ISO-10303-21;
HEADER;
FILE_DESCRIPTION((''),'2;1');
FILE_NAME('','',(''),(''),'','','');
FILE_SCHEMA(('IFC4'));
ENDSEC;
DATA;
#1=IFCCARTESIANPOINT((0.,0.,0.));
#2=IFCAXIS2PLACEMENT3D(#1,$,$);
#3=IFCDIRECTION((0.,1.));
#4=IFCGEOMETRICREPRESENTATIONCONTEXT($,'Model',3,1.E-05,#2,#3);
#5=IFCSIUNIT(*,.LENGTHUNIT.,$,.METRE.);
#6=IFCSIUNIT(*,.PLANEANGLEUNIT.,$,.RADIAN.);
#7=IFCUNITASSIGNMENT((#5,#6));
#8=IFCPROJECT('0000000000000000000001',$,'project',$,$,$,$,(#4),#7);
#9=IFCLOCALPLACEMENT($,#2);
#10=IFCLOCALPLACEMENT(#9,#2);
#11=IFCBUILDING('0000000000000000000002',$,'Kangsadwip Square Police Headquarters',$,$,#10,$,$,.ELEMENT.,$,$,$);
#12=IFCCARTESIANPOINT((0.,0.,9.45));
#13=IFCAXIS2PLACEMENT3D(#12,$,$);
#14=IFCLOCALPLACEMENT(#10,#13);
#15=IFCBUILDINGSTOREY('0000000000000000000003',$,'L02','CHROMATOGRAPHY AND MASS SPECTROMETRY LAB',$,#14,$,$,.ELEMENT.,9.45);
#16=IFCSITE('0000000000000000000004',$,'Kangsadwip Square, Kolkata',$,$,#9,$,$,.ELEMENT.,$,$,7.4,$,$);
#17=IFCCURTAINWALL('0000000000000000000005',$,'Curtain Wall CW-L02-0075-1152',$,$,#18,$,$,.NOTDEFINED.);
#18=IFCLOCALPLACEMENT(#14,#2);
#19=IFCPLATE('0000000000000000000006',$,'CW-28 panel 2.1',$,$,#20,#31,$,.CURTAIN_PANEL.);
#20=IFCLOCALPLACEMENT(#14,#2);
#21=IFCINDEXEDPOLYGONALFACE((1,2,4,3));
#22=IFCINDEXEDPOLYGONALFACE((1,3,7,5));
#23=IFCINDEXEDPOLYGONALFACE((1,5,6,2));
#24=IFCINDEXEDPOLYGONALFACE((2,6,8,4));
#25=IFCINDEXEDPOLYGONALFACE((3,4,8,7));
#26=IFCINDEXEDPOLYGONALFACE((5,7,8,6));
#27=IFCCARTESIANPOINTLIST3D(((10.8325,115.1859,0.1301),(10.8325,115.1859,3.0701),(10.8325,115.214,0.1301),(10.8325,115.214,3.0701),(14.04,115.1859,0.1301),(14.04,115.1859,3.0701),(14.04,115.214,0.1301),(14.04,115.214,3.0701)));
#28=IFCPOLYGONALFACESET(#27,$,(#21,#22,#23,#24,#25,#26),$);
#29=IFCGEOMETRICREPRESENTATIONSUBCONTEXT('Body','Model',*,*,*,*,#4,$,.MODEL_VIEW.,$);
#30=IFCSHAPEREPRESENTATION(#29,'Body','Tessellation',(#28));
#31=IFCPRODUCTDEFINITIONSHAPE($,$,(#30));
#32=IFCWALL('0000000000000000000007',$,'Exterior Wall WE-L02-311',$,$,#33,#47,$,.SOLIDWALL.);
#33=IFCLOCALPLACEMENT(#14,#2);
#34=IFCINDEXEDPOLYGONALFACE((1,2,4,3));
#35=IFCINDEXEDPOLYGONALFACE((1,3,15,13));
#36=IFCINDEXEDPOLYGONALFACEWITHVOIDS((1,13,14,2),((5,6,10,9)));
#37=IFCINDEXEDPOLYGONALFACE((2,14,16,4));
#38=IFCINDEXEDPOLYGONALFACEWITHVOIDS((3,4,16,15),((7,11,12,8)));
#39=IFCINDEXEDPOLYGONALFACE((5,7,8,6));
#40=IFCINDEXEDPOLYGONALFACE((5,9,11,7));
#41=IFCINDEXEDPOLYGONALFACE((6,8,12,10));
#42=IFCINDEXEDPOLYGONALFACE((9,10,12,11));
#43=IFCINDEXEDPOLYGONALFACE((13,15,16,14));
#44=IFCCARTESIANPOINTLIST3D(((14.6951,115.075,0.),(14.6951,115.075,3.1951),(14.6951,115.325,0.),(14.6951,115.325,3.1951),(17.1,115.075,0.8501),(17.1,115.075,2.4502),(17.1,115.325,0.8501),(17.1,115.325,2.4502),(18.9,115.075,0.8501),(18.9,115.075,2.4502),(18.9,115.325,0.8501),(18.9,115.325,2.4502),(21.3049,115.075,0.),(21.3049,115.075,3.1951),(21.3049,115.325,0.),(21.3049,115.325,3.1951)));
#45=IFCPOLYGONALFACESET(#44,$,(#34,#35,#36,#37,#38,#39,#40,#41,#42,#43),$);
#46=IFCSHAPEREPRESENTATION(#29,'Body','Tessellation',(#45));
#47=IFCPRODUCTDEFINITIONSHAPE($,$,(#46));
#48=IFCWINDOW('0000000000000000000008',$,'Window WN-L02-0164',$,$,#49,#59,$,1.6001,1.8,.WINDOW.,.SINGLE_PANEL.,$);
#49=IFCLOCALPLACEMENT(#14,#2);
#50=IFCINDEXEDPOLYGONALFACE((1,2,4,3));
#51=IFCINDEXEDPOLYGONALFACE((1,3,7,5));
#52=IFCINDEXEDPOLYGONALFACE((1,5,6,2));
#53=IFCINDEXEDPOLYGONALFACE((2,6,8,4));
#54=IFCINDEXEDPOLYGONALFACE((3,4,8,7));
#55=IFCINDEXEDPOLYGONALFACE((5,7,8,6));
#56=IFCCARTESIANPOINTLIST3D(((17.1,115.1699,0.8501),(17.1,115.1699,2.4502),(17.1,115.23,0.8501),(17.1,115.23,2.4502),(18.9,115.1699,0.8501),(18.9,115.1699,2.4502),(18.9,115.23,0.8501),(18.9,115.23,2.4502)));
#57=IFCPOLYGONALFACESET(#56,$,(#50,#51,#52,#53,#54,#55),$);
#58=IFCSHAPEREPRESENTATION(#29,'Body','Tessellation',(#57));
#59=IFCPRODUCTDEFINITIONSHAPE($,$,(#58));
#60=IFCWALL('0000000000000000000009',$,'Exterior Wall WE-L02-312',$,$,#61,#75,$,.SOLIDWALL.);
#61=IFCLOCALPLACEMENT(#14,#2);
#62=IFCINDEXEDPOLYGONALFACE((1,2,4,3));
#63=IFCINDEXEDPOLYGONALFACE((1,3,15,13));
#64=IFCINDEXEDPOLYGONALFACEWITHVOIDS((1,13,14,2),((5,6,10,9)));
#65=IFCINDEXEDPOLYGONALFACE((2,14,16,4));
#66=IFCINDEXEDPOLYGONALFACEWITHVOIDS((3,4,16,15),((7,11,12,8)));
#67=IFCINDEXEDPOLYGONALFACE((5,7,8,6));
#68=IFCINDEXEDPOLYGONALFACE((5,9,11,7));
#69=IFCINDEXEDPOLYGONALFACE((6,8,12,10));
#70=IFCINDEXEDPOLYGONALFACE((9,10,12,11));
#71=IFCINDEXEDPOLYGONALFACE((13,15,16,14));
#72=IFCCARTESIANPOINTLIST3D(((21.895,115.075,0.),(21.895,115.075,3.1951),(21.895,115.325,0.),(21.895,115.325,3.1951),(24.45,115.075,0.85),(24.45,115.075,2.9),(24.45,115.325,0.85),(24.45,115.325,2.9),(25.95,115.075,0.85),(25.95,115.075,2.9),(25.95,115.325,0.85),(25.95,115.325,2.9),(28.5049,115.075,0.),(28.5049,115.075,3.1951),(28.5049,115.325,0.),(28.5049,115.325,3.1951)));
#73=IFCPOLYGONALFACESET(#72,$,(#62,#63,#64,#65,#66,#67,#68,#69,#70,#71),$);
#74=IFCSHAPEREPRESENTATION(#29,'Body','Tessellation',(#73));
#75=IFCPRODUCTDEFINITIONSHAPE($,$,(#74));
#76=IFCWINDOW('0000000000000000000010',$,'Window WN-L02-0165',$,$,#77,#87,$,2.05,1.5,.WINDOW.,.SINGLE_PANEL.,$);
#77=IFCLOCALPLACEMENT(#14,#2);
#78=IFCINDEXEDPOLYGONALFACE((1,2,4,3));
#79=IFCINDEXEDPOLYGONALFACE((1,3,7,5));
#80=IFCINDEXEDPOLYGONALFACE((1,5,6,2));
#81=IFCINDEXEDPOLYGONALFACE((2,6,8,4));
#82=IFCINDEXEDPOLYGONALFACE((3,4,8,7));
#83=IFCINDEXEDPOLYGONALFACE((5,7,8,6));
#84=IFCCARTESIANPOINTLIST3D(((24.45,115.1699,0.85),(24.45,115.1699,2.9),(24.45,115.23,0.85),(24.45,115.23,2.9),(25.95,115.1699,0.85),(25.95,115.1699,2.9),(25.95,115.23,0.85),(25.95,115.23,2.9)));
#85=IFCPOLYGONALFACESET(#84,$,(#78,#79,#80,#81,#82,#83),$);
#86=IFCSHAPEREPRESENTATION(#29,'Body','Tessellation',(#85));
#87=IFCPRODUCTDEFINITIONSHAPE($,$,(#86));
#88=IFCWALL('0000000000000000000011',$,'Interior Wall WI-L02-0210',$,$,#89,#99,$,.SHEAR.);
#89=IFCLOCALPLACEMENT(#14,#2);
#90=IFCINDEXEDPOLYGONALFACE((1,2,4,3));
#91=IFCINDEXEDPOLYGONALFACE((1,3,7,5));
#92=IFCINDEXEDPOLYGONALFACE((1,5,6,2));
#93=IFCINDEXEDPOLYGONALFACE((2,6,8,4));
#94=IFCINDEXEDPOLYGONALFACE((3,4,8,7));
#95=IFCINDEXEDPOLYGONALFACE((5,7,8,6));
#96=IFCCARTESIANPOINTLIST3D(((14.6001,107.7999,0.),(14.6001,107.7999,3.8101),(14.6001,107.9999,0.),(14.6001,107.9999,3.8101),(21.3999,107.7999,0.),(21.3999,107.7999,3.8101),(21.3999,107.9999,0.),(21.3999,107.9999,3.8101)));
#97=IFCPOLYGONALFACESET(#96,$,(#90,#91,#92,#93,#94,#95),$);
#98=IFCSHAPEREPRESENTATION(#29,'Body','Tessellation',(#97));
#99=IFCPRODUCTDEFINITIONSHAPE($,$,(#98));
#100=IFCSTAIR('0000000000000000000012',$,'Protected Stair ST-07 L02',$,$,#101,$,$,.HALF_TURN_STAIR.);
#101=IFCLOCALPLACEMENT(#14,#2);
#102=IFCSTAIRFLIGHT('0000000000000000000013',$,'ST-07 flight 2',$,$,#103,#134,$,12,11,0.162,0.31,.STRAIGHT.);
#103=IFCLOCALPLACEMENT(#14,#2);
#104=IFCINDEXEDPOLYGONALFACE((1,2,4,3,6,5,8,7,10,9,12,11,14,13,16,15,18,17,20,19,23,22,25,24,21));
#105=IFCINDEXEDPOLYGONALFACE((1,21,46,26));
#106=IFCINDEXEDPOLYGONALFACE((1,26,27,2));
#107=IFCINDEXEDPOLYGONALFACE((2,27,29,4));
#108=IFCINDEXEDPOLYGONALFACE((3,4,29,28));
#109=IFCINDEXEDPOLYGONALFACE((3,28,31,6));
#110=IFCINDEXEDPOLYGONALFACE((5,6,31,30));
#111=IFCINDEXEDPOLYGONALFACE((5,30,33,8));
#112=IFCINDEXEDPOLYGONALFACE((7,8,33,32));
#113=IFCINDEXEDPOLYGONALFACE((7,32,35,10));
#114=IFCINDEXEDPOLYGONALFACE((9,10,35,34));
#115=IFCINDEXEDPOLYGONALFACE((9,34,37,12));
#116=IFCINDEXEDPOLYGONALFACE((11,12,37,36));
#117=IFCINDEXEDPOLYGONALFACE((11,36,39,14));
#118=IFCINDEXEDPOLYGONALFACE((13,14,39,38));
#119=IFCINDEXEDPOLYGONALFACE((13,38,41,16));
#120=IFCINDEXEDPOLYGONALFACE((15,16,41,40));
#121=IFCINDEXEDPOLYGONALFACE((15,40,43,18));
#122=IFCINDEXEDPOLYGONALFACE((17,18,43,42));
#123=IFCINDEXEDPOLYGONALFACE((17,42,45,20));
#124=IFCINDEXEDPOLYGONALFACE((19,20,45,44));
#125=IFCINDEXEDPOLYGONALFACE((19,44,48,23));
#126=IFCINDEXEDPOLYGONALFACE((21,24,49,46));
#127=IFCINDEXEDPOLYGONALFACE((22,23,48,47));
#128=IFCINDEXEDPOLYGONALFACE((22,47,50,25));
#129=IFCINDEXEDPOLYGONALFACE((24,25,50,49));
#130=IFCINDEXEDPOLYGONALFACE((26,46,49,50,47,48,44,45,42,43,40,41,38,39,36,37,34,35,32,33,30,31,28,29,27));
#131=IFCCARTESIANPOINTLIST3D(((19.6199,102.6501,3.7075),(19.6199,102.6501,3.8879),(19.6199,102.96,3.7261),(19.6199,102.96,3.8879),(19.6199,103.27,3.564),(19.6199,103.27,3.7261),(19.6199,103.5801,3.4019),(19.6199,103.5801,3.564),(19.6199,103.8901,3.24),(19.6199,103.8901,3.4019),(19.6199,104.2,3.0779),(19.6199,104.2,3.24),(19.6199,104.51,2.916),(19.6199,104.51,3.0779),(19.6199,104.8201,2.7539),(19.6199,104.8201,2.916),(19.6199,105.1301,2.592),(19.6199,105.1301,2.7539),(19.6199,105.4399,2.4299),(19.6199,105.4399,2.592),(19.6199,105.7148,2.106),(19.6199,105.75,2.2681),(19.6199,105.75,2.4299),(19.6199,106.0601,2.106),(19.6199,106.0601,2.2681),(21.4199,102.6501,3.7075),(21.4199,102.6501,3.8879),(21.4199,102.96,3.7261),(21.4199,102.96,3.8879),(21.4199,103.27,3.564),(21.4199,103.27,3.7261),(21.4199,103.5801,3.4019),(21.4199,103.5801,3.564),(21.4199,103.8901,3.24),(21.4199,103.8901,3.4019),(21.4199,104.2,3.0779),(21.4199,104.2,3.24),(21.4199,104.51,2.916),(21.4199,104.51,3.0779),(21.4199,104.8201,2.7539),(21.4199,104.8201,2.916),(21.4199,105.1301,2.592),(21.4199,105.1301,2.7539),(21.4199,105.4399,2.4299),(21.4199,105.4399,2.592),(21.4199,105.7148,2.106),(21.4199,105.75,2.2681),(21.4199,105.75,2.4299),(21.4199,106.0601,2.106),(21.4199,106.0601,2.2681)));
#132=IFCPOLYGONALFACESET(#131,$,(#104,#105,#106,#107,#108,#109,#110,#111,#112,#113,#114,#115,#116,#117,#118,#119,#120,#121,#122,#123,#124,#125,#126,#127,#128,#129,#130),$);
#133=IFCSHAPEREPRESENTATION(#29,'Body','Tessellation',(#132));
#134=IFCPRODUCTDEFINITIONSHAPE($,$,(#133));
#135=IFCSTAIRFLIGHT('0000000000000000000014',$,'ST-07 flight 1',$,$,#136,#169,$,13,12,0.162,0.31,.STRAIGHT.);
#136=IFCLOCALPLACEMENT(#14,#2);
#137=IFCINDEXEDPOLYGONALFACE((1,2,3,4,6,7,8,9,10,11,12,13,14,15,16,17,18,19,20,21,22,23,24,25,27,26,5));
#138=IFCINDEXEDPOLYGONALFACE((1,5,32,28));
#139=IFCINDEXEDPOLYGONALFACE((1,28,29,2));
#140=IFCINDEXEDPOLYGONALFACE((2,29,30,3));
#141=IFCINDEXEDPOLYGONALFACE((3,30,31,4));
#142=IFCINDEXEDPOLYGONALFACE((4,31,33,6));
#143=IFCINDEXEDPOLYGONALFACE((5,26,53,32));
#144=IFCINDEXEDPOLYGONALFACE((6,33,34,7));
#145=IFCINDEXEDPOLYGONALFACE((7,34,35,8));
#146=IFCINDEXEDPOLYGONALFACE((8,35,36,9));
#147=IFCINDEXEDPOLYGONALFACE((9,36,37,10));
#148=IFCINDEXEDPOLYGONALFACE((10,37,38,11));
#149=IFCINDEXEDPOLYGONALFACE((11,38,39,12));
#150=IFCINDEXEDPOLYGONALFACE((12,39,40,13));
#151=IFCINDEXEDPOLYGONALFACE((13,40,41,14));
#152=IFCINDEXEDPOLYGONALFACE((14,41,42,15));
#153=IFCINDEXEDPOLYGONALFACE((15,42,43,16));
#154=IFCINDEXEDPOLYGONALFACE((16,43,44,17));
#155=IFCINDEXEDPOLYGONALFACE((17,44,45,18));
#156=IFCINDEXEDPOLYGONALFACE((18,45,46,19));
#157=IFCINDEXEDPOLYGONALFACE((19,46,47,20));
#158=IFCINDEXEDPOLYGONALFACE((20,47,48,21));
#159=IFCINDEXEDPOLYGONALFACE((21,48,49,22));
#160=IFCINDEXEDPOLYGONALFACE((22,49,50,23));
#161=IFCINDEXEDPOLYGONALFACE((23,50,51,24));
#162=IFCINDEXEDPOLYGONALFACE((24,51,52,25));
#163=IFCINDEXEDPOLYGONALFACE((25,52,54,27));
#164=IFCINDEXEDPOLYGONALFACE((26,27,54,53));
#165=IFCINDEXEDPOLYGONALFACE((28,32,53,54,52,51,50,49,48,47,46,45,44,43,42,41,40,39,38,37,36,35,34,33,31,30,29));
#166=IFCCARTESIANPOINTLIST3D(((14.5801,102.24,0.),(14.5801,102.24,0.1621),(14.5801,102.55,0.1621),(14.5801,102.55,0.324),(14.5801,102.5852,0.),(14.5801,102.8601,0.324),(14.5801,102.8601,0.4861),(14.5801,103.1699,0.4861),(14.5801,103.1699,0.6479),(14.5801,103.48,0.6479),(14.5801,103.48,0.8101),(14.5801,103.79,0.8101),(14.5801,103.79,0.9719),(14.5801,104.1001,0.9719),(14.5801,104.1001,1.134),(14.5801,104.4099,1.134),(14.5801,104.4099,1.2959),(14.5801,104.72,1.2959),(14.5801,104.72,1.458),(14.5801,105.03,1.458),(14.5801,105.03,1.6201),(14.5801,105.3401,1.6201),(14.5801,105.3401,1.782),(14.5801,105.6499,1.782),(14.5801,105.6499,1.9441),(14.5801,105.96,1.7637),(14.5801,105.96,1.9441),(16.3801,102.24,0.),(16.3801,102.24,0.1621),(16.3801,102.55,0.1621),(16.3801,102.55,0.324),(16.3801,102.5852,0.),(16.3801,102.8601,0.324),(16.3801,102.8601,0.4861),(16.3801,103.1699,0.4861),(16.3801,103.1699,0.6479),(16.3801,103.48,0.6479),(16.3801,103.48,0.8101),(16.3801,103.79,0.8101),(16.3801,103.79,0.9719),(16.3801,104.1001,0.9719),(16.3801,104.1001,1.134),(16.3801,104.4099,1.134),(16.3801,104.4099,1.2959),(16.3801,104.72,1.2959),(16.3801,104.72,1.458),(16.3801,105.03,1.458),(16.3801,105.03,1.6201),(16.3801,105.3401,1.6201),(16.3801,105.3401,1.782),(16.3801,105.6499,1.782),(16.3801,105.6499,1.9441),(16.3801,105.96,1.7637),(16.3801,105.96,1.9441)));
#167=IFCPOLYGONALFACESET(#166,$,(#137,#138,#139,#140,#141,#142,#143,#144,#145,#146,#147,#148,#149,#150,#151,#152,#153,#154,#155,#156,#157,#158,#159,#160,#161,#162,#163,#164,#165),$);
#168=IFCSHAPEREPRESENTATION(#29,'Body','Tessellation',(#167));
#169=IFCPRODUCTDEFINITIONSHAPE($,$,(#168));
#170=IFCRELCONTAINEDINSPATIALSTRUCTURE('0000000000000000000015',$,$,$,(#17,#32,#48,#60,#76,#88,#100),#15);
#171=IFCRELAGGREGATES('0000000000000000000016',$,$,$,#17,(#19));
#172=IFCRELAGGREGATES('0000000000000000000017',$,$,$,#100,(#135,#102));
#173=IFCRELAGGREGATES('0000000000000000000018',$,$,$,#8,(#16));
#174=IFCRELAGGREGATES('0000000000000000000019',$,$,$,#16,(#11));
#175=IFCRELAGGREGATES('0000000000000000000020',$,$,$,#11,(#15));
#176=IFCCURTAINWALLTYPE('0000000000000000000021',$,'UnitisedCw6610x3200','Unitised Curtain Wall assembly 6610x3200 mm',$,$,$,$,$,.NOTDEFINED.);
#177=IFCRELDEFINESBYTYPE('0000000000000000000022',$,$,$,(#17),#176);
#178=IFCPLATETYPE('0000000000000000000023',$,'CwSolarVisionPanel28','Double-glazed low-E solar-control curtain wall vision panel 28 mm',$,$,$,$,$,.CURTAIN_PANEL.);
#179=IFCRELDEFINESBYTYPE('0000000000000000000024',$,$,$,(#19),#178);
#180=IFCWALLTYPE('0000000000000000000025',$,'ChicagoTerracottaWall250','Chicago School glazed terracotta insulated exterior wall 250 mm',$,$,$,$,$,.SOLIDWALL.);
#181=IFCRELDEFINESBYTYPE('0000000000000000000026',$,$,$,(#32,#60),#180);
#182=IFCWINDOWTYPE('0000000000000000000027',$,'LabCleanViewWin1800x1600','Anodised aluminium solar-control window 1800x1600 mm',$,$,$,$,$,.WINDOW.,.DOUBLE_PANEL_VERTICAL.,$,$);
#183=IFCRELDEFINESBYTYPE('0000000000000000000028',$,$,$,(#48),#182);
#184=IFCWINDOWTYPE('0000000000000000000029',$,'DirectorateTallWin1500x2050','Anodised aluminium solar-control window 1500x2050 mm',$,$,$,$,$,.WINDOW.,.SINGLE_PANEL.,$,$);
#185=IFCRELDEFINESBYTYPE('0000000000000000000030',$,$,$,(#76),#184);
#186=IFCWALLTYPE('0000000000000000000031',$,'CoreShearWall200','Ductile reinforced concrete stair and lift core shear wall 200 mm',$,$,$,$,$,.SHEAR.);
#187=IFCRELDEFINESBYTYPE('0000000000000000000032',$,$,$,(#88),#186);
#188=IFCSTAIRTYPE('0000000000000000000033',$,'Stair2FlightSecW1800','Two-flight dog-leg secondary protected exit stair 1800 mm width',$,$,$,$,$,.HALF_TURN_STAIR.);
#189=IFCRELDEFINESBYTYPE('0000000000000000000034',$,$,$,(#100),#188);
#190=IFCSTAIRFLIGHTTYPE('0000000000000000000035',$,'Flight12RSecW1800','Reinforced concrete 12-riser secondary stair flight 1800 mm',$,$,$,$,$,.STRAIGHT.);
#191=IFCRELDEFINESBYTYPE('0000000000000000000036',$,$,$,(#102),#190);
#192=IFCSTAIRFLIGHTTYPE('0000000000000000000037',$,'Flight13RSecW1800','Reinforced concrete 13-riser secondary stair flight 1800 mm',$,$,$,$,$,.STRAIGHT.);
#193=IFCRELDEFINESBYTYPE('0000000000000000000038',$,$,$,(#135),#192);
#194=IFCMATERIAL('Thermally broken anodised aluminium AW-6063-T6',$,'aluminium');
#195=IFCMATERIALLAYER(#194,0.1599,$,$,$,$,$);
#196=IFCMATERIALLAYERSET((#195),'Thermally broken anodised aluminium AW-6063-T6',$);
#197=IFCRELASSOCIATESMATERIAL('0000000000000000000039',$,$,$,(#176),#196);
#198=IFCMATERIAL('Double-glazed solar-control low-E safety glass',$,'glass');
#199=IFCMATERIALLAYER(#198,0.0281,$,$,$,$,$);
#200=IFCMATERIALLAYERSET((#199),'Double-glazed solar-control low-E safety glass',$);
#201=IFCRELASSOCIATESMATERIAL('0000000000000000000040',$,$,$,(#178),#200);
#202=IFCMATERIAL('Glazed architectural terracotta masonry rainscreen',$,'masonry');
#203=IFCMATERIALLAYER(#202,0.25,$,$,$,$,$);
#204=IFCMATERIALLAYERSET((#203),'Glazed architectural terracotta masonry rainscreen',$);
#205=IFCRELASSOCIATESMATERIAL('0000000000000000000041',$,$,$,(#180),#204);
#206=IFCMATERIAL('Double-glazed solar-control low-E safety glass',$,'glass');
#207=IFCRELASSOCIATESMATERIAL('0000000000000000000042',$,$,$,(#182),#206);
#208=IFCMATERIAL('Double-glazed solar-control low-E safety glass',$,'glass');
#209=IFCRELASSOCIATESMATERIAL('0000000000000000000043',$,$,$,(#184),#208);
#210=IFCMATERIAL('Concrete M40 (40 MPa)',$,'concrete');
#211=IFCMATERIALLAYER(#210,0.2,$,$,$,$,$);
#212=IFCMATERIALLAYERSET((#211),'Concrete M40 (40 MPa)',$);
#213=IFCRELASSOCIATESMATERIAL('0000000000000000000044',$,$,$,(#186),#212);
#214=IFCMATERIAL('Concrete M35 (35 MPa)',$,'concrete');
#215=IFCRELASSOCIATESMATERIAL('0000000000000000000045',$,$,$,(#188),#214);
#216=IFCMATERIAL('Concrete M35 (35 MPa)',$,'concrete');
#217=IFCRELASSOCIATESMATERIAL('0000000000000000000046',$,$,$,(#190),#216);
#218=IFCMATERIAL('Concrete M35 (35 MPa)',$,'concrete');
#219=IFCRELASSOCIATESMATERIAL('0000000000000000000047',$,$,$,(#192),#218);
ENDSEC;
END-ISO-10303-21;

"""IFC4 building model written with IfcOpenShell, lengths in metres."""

from ifc_helpers import new_model, si_unit, direction, frame, frame_2d, origin, origin_2d, place, context, subcontext, project, spatial, polyline, rectangle, outline, extrude, material, layer, layer_set, type_object, element, fill, aggregate, save


model = new_model("IFC4")

# Units and contexts
model_context = context("Model", 3, precision=1e-05, world=origin(), true_north=direction((0.0, 1.0)))
body_context = subcontext(model_context, "Body", "Model", "MODEL_VIEW")
ifc_project = project(units=[si_unit("LENGTHUNIT", "METRE"), si_unit("PLANEANGLEUNIT", "RADIAN")], contexts=[model_context])

# Site, building, storey
site_placement = place(None, origin())
site = spatial("IfcSite", under=ifc_project, at=site_placement, Name="Kangsadwip Square, Kolkata", CompositionType="ELEMENT", RefElevation=7.4)
building_placement = place(site_placement, origin())
building = spatial("IfcBuilding", under=site, at=building_placement, Name="Kangsadwip Square Police Headquarters", CompositionType="ELEMENT")
storey_placement = place(building_placement, frame((0.0, 0.0, 9.45)))
storey = spatial("IfcBuildingStorey", under=building, at=storey_placement, Name="L02", Description="CHROMATOGRAPHY AND MASS SPECTROMETRY LAB", CompositionType="ELEMENT", Elevation=9.45)

# Curtain wall
ifc_material_1 = material(Name="Thermally broken anodised aluminium AW-6063-T6", Category="aluminium")
ifc_layer_1 = layer(ifc_material_1, 0.1599)
ifc_layer_set_1 = layer_set([ifc_layer_1], Name="Thermally broken anodised aluminium AW-6063-T6")
curtain_wall_type = type_object("IfcCurtainWallType", Name="UnitisedCw6610x3200", Description="Unitised Curtain Wall assembly 6610x3200 mm", PredefinedType="NOTDEFINED", material=ifc_layer_set_1)
curtain_wall_placement = place(storey_placement, origin())
curtain_wall = element("IfcCurtainWall", 1, at=curtain_wall_placement, inside=storey, type_object=curtain_wall_type, Name="Curtain Wall CW-L02-0075-1152", PredefinedType="NOTDEFINED")

# Plate
ifc_material_2 = material(Name="Double-glazed solar-control low-E safety glass", Category="glass")
ifc_layer_2 = layer(ifc_material_2, 0.0281)
ifc_layer_set_2 = layer_set([ifc_layer_2], Name="Double-glazed solar-control low-E safety glass")
plate_type = type_object("IfcPlateType", Name="CwSolarVisionPanel28", Description="Double-glazed low-E solar-control curtain wall vision panel 28 mm", PredefinedType="CURTAIN_PANEL", material=ifc_layer_set_2)
plate_placement = place(storey_placement, frame((12.4363, 115.2, 0.1301), z_axis=(0.0, 0.0, 1.0), x_axis=(1.0, 0.0, 0.0)))
plate = element("IfcPlate", 2, at=plate_placement, type_object=plate_type, Name="CW-28 panel 2.1", PredefinedType="CURTAIN_PANEL", context=body_context, shape_type="SweptSolid", body=[
    extrude(rectangle(XDim=3.2075, YDim=0.0281, at=origin_2d()), origin(), (0.0, 0.0, 1.0), 2.9399),
])
aggregate(curtain_wall, [plate])

# Walls, openings, windows
ifc_material_3 = material(Name="Glazed architectural terracotta masonry rainscreen", Category="masonry")
ifc_layer_3 = layer(ifc_material_3, 0.25)
ifc_layer_set_3 = layer_set([ifc_layer_3], Name="Glazed architectural terracotta masonry rainscreen")
wall_type_1 = type_object("IfcWallType", Name="ChicagoTerracottaWall250", Description="Chicago School glazed terracotta insulated exterior wall 250 mm", PredefinedType="SOLIDWALL", material=ifc_layer_set_3)
wall_1_placement = place(storey_placement, frame((14.6951, 115.2, 0.0), z_axis=(0.0, 0.0, 1.0), x_axis=(1.0, 0.0, 0.0)))
wall_1 = element("IfcWall", 3, at=wall_1_placement, inside=storey, type_object=wall_type_1, Name="Exterior Wall WE-L02-311", PredefinedType="SOLIDWALL", context=body_context, shape_type="SweptSolid", body=[
    extrude(rectangle(XDim=6.6099, YDim=0.25, at=frame_2d((3.3049, 0.0))), origin(), (0.0, 0.0, 1.0), 3.1951),
])
opening_1_placement = place(wall_1_placement, frame((2.405, 0.0, 0.8501)))
opening_1 = element("IfcOpeningElement", 4, at=opening_1_placement, cuts=wall_1, PredefinedType="OPENING", context=body_context, shape_type="SweptSolid", body=[
    extrude(rectangle(XDim=1.8, YDim=1.6001, at=frame_2d((0.8999, 0.8))), frame((0.0, 0.135, 0.0), z_axis=(0.0, -1.0, 0.0), x_axis=(1.0, 0.0, 0.0)), (0.0, 0.0, 1.0), 0.27),
])
ifc_material_4 = material(Name="Double-glazed solar-control low-E safety glass", Category="glass")
window_type_1 = type_object("IfcWindowType", Name="LabCleanViewWin1800x1600", Description="Anodised aluminium solar-control window 1800x1600 mm", PartitioningType="DOUBLE_PANEL_VERTICAL", PredefinedType="WINDOW", material=ifc_material_4)
window_1_placement = place(opening_1_placement, origin())
window_1 = element("IfcWindow", 5, at=window_1_placement, inside=storey, type_object=window_type_1, Name="Window WN-L02-0164", OverallHeight=1.6001, OverallWidth=1.8, PartitioningType="SINGLE_PANEL", PredefinedType="WINDOW", context=body_context, shape_type="SweptSolid", body=[
    extrude(rectangle(XDim=1.8, YDim=1.6001, at=frame_2d((0.8999, 0.8))), frame((0.0, 0.03, 0.0), z_axis=(0.0, -1.0, 0.0), x_axis=(1.0, 0.0, 0.0)), (0.0, 0.0, 1.0), 0.0601),
])
fill(opening_1, window_1)
wall_2_placement = place(storey_placement, frame((21.895, 115.2, 0.0), z_axis=(0.0, 0.0, 1.0), x_axis=(1.0, 0.0, 0.0)))
wall_2 = element("IfcWall", 6, at=wall_2_placement, inside=storey, type_object=wall_type_1, Name="Exterior Wall WE-L02-312", PredefinedType="SOLIDWALL", context=body_context, shape_type="SweptSolid", body=[
    extrude(rectangle(XDim=6.6099, YDim=0.25, at=frame_2d((3.3049, 0.0))), origin(), (0.0, 0.0, 1.0), 3.1951),
])
opening_2_placement = place(wall_2_placement, frame((2.5549, 0.0, 0.8501)))
opening_2 = element("IfcOpeningElement", 7, at=opening_2_placement, cuts=wall_2, PredefinedType="OPENING", context=body_context, shape_type="SweptSolid", body=[
    extrude(rectangle(XDim=1.5, YDim=2.05, at=frame_2d((0.75, 1.0249))), frame((0.0, 0.135, 0.0), z_axis=(0.0, -1.0, 0.0), x_axis=(1.0, 0.0, 0.0)), (0.0, 0.0, 1.0), 0.27),
])
ifc_material_5 = material(Name="Double-glazed solar-control low-E safety glass", Category="glass")
window_type_2 = type_object("IfcWindowType", Name="DirectorateTallWin1500x2050", Description="Anodised aluminium solar-control window 1500x2050 mm", PartitioningType="SINGLE_PANEL", PredefinedType="WINDOW", material=ifc_material_5)
window_2_placement = place(opening_2_placement, origin())
window_2 = element("IfcWindow", 8, at=window_2_placement, inside=storey, type_object=window_type_2, Name="Window WN-L02-0165", OverallHeight=2.05, OverallWidth=1.5, PartitioningType="SINGLE_PANEL", PredefinedType="WINDOW", context=body_context, shape_type="SweptSolid", body=[
    extrude(rectangle(XDim=1.5, YDim=2.05, at=frame_2d((0.75, 1.0249))), frame((0.0, 0.03, 0.0), z_axis=(0.0, -1.0, 0.0), x_axis=(1.0, 0.0, 0.0)), (0.0, 0.0, 1.0), 0.0601),
])
fill(opening_2, window_2)

# Wall
ifc_material_6 = material(Name="Concrete M40 (40 MPa)", Category="concrete")
ifc_layer_4 = layer(ifc_material_6, 0.2)
ifc_layer_set_4 = layer_set([ifc_layer_4], Name="Concrete M40 (40 MPa)")
wall_type_2 = type_object("IfcWallType", Name="CoreShearWall200", Description="Ductile reinforced concrete stair and lift core shear wall 200 mm", PredefinedType="SHEAR", material=ifc_layer_set_4)
wall_3_placement = place(storey_placement, frame((14.6001, 107.8999, 0.0), z_axis=(0.0, 0.0, 1.0), x_axis=(1.0, 0.0, 0.0)))
element("IfcWall", 9, at=wall_3_placement, inside=storey, type_object=wall_type_2, Name="Interior Wall WI-L02-0210", PredefinedType="SHEAR", context=body_context, shape_type="SweptSolid", body=[
    extrude(rectangle(XDim=6.7998, YDim=0.2, at=frame_2d((3.3999, 0.0))), origin(), (0.0, 0.0, 1.0), 3.8101),
])

# Stair, stair flights
ifc_material_7 = material(Name="Concrete M35 (35 MPa)", Category="concrete")
stair_type = type_object("IfcStairType", Name="Stair2FlightSecW1800", Description="Two-flight dog-leg secondary protected exit stair 1800 mm width", PredefinedType="HALF_TURN_STAIR", material=ifc_material_7)
stair_placement = place(storey_placement, origin())
stair = element("IfcStair", 10, at=stair_placement, inside=storey, type_object=stair_type, Name="Protected Stair ST-07 L02", PredefinedType="HALF_TURN_STAIR")
ifc_material_8 = material(Name="Concrete M35 (35 MPa)", Category="concrete")
stair_flight_type_1 = type_object("IfcStairFlightType", Name="Flight12RSecW1800", Description="Reinforced concrete 12-riser secondary stair flight 1800 mm", PredefinedType="STRAIGHT", material=ifc_material_8)
stair_flight_1_placement = place(storey_placement, frame((20.52, 106.0601, 2.106), z_axis=(0.0, 0.0, 1.0), x_axis=(0.0, -1.0, 0.0)))
stair_flight_1 = element("IfcStairFlight", 11, at=stair_flight_1_placement, type_object=stair_flight_type_1, Name="ST-07 flight 2", NumberOfRisers=12, NumberOfTreads=11, PredefinedType="STRAIGHT", RiserHeight=0.162, TreadLength=0.31, context=body_context, shape_type="SweptSolid", body=[
    extrude(outline(polyline([(0.0, 0.0), (0.0, 0.1621), (0.3101, 0.1621), (0.3101, 0.324), (0.6201, 0.324), (0.6201, 0.4861), (0.9299, 0.4861), (0.9299, 0.6479), (1.24, 0.6479), (1.24, 0.8101), (1.55, 0.8101), (1.55, 0.9719), (1.8601, 0.9719), (1.8601, 1.134), (2.1699, 1.134), (2.1699, 1.2959), (2.48, 1.2959), (2.48, 1.458), (2.79, 1.458), (2.79, 1.6201), (3.1001, 1.6201), (3.1001, 1.782), (3.4099, 1.782), (3.4099, 1.9441), (3.4099, 1.6016), (0.3452, 0.0), (0.0, 0.0)])), frame((0.0, 0.8999, 0.0), z_axis=(0.0, -1.0, 0.0), x_axis=(1.0, 0.0, 0.0)), (0.0, 0.0, 1.0), 1.8),
])
ifc_material_9 = material(Name="Concrete M35 (35 MPa)", Category="concrete")
stair_flight_type_2 = type_object("IfcStairFlightType", Name="Flight13RSecW1800", Description="Reinforced concrete 13-riser secondary stair flight 1800 mm", PredefinedType="STRAIGHT", material=ifc_material_9)
stair_flight_2_placement = place(storey_placement, frame((15.48, 102.24, 0.0), z_axis=(0.0, 0.0, 1.0), x_axis=(0.0, 1.0, 0.0)))
stair_flight_2 = element("IfcStairFlight", 12, at=stair_flight_2_placement, type_object=stair_flight_type_2, Name="ST-07 flight 1", NumberOfRisers=13, NumberOfTreads=12, PredefinedType="STRAIGHT", RiserHeight=0.162, TreadLength=0.31, context=body_context, shape_type="SweptSolid", body=[
    extrude(outline(polyline([(0.0, 0.0), (0.0, 0.1621), (0.3101, 0.1621), (0.3101, 0.324), (0.6201, 0.324), (0.6201, 0.4861), (0.9299, 0.4861), (0.9299, 0.6479), (1.24, 0.6479), (1.24, 0.8101), (1.55, 0.8101), (1.55, 0.9719), (1.8601, 0.9719), (1.8601, 1.134), (2.1699, 1.134), (2.1699, 1.2959), (2.48, 1.2959), (2.48, 1.458), (2.79, 1.458), (2.79, 1.6201), (3.1001, 1.6201), (3.1001, 1.782), (3.4099, 1.782), (3.4099, 1.9441), (3.72, 1.9441), (3.72, 2.106), (3.72, 1.7637), (0.3452, 0.0), (0.0, 0.0)])), frame((0.0, 0.8999, 0.0), z_axis=(0.0, -1.0, 0.0), x_axis=(1.0, 0.0, 0.0)), (0.0, 0.0, 1.0), 1.8),
])
aggregate(stair, [stair_flight_2, stair_flight_1])

save(model, "model.ifc")
